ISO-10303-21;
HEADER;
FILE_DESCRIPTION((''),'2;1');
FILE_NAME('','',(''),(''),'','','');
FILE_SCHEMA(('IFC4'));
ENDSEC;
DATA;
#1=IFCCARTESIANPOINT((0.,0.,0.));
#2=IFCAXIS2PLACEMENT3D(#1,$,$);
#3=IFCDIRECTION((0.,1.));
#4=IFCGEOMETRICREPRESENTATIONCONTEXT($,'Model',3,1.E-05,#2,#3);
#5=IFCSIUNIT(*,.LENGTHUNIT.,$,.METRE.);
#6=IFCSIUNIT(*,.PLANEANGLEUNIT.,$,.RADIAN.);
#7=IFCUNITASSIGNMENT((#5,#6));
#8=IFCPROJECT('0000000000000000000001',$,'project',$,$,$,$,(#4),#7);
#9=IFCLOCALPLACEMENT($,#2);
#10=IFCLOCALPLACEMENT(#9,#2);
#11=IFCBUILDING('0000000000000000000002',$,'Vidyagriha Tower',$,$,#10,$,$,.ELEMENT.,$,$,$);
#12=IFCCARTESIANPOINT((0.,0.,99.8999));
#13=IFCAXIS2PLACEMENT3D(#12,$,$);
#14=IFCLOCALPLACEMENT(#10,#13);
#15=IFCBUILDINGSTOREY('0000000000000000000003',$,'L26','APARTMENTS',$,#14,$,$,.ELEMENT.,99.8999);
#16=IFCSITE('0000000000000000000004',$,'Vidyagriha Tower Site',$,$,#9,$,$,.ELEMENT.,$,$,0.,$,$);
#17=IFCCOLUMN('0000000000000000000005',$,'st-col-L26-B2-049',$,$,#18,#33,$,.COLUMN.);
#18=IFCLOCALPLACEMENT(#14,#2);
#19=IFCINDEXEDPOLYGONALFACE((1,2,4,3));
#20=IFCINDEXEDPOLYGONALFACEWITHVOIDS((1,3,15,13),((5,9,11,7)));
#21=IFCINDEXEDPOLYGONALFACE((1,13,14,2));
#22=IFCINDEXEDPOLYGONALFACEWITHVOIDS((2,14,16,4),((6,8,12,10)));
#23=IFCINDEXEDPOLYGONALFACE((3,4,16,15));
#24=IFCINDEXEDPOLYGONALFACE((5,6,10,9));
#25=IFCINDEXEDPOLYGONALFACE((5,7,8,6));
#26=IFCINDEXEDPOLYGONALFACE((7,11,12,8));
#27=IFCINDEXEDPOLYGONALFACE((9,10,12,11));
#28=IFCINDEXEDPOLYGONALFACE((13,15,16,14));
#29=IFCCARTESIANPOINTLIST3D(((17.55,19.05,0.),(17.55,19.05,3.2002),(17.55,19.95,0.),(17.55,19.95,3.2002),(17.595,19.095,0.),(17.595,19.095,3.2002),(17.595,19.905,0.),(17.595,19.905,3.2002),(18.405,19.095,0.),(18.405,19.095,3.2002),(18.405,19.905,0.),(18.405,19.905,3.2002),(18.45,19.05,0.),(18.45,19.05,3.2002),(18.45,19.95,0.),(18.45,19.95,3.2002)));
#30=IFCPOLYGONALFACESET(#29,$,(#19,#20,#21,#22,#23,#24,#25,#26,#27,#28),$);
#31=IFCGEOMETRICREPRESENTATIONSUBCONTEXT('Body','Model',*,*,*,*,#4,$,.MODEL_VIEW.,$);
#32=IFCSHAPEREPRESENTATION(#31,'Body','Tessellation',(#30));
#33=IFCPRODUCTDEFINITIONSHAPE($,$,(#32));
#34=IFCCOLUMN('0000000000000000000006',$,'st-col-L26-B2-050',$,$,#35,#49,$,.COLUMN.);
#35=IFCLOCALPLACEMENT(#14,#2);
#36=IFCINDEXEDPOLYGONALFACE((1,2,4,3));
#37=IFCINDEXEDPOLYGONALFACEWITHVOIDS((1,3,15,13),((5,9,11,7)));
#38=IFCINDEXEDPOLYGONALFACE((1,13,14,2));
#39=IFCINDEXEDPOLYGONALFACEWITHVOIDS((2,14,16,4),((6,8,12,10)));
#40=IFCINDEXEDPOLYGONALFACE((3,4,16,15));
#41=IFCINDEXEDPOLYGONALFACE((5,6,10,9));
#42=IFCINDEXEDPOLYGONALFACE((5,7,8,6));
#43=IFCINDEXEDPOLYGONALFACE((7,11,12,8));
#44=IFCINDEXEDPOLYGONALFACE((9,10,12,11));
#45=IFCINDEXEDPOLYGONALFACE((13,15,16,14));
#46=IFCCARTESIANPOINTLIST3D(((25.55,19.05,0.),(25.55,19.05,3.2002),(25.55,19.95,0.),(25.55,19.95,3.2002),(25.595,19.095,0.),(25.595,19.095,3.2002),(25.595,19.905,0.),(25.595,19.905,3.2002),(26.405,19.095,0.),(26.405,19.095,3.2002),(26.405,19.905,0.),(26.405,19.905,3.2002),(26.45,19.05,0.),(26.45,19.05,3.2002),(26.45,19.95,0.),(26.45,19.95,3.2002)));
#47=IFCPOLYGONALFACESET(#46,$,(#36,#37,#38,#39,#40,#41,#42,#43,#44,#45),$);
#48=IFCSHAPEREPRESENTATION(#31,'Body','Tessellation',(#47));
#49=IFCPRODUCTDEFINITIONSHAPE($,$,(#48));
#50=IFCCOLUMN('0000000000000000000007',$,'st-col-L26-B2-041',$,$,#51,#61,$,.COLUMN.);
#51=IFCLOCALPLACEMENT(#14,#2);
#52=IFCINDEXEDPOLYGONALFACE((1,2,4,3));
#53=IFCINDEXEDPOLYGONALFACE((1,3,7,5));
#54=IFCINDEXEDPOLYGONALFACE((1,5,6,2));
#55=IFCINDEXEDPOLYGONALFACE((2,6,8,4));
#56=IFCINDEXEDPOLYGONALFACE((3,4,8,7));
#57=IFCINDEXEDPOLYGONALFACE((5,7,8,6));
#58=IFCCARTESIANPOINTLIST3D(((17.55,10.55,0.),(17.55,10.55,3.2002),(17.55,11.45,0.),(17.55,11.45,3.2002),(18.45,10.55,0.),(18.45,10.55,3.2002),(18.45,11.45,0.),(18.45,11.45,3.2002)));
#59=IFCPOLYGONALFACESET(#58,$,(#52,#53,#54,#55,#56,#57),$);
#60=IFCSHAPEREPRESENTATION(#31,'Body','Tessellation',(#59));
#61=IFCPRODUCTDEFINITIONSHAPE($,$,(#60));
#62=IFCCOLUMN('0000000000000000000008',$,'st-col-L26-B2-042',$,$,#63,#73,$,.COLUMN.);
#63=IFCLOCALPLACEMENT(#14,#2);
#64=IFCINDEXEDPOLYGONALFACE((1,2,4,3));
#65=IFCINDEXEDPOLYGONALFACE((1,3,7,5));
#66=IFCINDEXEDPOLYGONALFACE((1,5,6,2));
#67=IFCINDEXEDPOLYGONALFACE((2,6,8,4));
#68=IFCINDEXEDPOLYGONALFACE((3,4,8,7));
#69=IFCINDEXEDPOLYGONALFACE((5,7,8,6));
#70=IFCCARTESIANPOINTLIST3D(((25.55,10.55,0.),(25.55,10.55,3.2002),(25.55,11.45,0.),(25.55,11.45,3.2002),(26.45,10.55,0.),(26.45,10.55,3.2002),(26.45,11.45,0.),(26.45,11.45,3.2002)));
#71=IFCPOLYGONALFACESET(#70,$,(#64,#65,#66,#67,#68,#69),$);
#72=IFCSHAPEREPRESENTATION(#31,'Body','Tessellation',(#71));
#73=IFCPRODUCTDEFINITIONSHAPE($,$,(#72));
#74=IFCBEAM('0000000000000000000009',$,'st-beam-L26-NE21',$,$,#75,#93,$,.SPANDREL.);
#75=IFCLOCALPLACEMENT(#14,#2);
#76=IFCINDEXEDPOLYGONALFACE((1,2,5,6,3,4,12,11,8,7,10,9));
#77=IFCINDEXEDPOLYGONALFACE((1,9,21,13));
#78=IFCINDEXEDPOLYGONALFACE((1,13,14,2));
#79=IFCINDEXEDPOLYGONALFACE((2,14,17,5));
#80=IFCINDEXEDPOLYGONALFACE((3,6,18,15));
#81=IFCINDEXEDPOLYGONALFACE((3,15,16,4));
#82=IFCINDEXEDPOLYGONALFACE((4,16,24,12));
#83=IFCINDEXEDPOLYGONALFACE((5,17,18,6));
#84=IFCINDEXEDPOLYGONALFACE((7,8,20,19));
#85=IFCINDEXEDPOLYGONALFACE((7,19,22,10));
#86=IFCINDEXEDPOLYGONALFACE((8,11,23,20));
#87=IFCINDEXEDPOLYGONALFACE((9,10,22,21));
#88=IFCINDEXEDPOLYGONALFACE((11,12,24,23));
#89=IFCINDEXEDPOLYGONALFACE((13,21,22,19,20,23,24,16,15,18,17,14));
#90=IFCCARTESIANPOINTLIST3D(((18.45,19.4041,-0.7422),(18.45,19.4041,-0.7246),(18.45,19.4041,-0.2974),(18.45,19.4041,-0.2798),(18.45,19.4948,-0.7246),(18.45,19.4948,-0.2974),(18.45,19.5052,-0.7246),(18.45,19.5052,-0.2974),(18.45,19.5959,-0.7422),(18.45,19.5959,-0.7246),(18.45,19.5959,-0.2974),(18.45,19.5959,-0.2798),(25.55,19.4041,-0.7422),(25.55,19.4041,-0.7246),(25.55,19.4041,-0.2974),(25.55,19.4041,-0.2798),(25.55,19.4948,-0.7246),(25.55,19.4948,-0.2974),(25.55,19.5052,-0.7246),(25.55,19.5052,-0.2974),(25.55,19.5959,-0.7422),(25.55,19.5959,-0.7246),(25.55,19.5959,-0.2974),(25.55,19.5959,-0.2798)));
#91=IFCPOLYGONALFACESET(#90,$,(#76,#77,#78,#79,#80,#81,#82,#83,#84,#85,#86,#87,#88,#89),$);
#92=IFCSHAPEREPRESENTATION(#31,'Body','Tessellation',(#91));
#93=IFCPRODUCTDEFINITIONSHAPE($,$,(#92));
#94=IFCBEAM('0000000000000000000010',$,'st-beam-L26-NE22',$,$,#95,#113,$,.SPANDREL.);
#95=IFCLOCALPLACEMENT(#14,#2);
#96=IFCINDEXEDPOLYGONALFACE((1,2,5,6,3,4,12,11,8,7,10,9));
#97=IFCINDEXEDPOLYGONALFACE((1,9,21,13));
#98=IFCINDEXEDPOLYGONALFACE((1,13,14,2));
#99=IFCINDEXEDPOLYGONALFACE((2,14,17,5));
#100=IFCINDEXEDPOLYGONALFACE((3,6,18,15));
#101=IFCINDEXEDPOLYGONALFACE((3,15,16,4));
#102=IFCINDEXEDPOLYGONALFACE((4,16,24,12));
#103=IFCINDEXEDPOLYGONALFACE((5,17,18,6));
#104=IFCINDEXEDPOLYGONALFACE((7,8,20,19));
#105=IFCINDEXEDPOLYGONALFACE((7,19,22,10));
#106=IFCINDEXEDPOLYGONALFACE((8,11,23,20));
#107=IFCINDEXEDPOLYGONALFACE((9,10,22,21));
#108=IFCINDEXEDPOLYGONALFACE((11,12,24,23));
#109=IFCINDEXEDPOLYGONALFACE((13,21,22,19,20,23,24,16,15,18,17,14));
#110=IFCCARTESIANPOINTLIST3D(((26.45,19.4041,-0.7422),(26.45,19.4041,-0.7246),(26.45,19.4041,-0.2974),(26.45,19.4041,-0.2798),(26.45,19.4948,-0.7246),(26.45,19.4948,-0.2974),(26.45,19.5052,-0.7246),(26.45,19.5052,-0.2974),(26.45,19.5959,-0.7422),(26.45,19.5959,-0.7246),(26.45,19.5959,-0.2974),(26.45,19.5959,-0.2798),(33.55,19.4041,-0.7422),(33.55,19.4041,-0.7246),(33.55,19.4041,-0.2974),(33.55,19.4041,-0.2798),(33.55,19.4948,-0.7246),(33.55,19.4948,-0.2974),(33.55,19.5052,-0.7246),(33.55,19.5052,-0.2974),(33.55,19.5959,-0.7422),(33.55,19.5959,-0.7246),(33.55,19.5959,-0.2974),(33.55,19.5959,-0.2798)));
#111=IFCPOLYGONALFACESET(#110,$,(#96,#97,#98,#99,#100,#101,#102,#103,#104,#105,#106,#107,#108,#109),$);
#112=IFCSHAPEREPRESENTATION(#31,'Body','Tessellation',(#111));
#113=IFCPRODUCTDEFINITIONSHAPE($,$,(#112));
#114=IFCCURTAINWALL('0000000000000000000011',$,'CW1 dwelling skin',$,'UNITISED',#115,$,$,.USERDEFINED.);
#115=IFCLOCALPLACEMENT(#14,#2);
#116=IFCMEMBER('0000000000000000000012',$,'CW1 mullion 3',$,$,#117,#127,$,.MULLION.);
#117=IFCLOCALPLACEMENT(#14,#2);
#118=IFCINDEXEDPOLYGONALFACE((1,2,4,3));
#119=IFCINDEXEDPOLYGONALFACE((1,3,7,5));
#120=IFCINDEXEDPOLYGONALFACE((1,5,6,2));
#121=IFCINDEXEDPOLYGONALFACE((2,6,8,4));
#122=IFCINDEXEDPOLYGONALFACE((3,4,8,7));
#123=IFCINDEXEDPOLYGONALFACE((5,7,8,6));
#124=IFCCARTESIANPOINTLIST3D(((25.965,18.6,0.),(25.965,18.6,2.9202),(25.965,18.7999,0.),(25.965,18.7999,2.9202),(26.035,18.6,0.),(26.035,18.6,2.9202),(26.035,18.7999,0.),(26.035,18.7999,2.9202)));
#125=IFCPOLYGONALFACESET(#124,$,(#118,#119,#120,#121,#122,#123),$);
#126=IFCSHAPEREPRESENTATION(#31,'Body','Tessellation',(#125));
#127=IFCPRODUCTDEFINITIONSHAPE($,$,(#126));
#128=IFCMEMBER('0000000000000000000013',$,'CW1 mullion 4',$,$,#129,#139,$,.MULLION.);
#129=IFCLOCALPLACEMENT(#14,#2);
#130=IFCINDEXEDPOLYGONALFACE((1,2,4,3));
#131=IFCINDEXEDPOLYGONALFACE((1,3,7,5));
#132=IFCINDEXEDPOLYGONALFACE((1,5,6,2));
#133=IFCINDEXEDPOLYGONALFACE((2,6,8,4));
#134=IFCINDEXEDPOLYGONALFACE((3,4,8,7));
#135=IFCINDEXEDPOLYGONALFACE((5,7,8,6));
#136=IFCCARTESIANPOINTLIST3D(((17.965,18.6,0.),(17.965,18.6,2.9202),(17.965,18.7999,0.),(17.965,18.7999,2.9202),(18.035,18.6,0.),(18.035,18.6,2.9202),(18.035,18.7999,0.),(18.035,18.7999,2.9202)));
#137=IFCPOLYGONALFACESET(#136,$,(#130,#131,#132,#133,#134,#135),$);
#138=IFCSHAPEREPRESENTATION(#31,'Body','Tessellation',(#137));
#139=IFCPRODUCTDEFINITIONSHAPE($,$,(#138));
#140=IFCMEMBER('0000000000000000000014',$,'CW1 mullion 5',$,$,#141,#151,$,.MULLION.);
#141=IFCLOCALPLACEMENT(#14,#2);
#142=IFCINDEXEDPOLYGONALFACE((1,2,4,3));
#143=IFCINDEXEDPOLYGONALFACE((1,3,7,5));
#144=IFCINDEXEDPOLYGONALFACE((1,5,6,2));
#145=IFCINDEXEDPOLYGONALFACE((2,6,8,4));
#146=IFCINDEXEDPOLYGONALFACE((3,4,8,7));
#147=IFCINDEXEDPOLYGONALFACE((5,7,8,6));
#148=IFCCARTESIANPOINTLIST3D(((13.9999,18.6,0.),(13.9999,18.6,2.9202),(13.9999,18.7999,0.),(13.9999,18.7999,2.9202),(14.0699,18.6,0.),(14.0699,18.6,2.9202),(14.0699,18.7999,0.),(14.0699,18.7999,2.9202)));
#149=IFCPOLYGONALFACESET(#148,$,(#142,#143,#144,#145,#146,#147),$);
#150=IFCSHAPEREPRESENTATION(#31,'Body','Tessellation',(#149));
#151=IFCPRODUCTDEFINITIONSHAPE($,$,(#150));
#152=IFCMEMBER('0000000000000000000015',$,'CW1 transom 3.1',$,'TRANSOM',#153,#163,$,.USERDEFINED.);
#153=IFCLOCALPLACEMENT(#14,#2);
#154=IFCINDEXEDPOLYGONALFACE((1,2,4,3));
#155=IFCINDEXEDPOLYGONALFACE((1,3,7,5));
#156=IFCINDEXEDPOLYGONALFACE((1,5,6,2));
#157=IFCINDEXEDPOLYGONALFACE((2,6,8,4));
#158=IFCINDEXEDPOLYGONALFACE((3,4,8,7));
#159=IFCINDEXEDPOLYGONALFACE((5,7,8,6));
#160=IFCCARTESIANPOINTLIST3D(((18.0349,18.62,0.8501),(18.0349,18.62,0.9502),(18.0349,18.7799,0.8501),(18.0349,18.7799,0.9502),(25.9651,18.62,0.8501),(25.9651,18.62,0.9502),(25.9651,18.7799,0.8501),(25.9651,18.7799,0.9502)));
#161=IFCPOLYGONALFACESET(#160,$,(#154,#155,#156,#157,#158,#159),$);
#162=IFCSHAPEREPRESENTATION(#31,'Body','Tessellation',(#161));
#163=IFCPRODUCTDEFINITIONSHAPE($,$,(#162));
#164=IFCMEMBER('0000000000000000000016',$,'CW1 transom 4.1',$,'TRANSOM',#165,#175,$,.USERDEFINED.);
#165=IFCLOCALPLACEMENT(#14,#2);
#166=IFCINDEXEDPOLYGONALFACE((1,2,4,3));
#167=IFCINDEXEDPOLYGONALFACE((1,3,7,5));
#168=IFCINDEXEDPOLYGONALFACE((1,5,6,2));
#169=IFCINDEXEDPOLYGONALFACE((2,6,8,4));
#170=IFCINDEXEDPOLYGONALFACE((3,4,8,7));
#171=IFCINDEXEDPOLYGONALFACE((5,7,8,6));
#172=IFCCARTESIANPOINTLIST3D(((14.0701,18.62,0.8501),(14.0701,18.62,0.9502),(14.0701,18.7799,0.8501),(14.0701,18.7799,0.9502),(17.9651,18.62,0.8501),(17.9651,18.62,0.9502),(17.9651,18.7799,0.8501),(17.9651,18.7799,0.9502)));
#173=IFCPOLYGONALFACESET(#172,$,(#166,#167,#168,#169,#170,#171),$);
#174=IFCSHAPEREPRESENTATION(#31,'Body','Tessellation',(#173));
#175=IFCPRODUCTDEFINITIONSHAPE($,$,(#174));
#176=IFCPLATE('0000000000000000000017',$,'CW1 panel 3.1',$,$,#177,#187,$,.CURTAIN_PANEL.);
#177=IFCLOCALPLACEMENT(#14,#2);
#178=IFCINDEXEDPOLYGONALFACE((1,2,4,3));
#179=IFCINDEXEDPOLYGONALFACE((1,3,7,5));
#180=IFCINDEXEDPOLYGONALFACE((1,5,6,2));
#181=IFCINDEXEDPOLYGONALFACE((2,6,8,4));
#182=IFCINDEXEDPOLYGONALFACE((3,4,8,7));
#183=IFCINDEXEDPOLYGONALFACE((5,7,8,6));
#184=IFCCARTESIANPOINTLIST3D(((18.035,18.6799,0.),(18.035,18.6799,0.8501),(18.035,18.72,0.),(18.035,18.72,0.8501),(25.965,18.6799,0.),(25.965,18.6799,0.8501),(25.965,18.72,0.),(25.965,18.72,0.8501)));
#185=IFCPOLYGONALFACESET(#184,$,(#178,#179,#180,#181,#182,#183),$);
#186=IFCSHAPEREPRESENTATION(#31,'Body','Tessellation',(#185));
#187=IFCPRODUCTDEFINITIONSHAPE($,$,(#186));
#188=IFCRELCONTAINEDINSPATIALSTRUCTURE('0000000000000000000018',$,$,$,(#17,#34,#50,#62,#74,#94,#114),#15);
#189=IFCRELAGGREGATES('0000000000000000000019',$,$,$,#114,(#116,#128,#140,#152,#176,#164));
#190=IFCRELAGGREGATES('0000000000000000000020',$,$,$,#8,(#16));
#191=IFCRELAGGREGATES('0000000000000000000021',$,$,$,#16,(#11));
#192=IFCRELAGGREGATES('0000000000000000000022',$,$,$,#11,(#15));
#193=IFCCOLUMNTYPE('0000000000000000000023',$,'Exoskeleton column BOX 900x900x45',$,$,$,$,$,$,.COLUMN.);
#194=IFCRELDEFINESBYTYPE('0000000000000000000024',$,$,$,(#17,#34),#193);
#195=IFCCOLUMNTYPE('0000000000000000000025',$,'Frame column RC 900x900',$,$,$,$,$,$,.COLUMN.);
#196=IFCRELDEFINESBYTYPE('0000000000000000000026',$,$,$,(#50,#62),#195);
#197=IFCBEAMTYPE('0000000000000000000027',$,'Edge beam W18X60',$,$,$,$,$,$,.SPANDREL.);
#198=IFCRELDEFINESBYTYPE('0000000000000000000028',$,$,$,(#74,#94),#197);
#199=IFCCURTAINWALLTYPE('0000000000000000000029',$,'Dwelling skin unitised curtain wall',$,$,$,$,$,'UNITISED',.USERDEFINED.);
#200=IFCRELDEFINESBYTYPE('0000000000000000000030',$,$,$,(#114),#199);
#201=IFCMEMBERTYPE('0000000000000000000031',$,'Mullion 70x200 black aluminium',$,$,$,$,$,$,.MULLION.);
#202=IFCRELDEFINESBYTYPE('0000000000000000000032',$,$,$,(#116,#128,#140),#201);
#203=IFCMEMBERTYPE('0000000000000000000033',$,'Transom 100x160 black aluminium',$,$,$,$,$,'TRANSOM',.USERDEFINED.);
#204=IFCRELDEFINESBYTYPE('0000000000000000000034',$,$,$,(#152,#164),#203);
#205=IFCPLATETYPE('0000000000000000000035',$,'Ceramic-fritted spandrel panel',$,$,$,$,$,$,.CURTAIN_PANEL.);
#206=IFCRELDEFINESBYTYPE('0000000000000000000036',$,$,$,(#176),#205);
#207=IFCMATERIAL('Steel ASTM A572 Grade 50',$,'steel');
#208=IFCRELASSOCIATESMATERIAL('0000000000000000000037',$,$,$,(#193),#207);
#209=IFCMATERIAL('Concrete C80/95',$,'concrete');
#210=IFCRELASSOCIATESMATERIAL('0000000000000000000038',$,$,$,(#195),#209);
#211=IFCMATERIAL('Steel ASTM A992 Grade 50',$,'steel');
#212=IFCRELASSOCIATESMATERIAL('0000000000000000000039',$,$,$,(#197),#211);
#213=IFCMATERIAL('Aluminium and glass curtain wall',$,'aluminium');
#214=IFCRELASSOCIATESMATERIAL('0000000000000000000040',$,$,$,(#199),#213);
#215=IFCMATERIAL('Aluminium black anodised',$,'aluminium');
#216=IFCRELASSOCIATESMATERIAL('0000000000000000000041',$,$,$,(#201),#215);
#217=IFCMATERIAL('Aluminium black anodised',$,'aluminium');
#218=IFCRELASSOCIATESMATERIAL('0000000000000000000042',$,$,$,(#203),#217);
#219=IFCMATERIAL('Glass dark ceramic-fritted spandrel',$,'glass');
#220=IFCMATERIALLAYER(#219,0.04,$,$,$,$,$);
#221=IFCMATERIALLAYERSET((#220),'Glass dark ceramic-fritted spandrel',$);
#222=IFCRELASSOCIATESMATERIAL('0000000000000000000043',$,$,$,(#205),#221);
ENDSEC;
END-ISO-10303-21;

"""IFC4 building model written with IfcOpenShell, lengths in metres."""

from ifc_helpers import new_model, si_unit, direction, frame, origin, origin_2d, place, context, subcontext, project, spatial, rectangle, hollow_rectangle, i_section, extrude, material, layer, layer_set, material_profile, profile_set, type_object, element, aggregate, save


model = new_model("IFC4")

# Units and contexts
model_context = context("Model", 3, precision=1e-05, world=origin(), true_north=direction((0.0, 1.0)))
body_context = subcontext(model_context, "Body", "Model", "MODEL_VIEW")
ifc_project = project(units=[si_unit("LENGTHUNIT", "METRE"), si_unit("PLANEANGLEUNIT", "RADIAN")], contexts=[model_context])

# Site, building, storey
site_placement = place(None, origin())
site = spatial("IfcSite", under=ifc_project, at=site_placement, Name="Vidyagriha Tower Site", CompositionType="ELEMENT", RefElevation=0.0)
building_placement = place(site_placement, origin())
building = spatial("IfcBuilding", under=site, at=building_placement, Name="Vidyagriha Tower", CompositionType="ELEMENT")
storey_placement = place(building_placement, frame((0.0, 0.0, 99.8999)))
storey = spatial("IfcBuildingStorey", under=building, at=storey_placement, Name="L26", Description="APARTMENTS", CompositionType="ELEMENT", Elevation=99.8999)

# Columns
ifc_material_1 = material(Name="Steel ASTM A572 Grade 50", Category="steel")
ifc_material_profile_1 = material_profile(ifc_material_1, hollow_rectangle(XDim=0.8999, YDim=0.8999, WallThickness=0.0449, at=origin_2d()), Name="BOX 900x900x45")
ifc_profile_set_1 = profile_set([ifc_material_profile_1], Name="Steel ASTM A572 Grade 50")
column_type_1 = type_object("IfcColumnType", Name="Exoskeleton column BOX 900x900x45", PredefinedType="COLUMN", material=ifc_profile_set_1)
for number, where, name in (
    (1, (18.0, 19.5, 0.0), "st-col-L26-B2-049"),
    (2, (26.0, 19.5, 0.0), "st-col-L26-B2-050"),
):
    element("IfcColumn", number, at=place(storey_placement, frame(where)), inside=storey, type_object=column_type_1, Name=name, PredefinedType="COLUMN", context=body_context, shape_type="SweptSolid", body=[
        extrude(hollow_rectangle(XDim=0.8999, YDim=0.8999, WallThickness=0.0449, at=origin_2d()), origin(), (0.0, 0.0, 1.0), 3.2002),
    ])
ifc_material_2 = material(Name="Concrete C80/95", Category="concrete")
ifc_material_profile_2 = material_profile(ifc_material_2, rectangle(XDim=0.8999, YDim=0.8999, at=origin_2d()), Name="RC 900x900")
ifc_profile_set_2 = profile_set([ifc_material_profile_2], Name="Concrete C80/95")
column_type_2 = type_object("IfcColumnType", Name="Frame column RC 900x900", PredefinedType="COLUMN", material=ifc_profile_set_2)
for number, where, name in (
    (3, (18.0, 11.0, 0.0), "st-col-L26-B2-041"),
    (4, (26.0, 11.0, 0.0), "st-col-L26-B2-042"),
):
    element("IfcColumn", number, at=place(storey_placement, frame(where)), inside=storey, type_object=column_type_2, Name=name, PredefinedType="COLUMN", context=body_context, shape_type="SweptSolid", body=[
        extrude(rectangle(XDim=0.8999, YDim=0.8999, at=origin_2d()), origin(), (0.0, 0.0, 1.0), 3.2002),
    ])

# Beams
ifc_material_3 = material(Name="Steel ASTM A992 Grade 50", Category="steel")
ifc_material_profile_3 = material_profile(ifc_material_3, i_section(OverallWidth=0.1919, OverallDepth=0.4624, WebThickness=0.0105, FlangeThickness=0.0176, at=origin_2d()), Name="W18X60")
ifc_profile_set_3 = profile_set([ifc_material_profile_3], Name="Steel ASTM A992 Grade 50")
beam_type = type_object("IfcBeamType", Name="Edge beam W18X60", PredefinedType="SPANDREL", material=ifc_profile_set_3)
for number, where, z_axis, x_axis, name in (
    (5, (18.45, 19.5, -0.511), (1.0, 0.0, 0.0), (0.0, 1.0, 0.0), "st-beam-L26-NE21"),
    (6, (26.45, 19.5, -0.511), (1.0, 0.0, 0.0), (0.0, 1.0, 0.0), "st-beam-L26-NE22"),
):
    element("IfcBeam", number, at=place(storey_placement, frame(where, z_axis=z_axis, x_axis=x_axis)), inside=storey, type_object=beam_type, Name=name, PredefinedType="SPANDREL", context=body_context, shape_type="SweptSolid", body=[
        extrude(i_section(OverallWidth=0.1919, OverallDepth=0.4624, WebThickness=0.0105, FlangeThickness=0.0176, at=origin_2d()), origin(), (0.0, 0.0, 1.0), 7.1001),
    ])

# Curtain wall, members, plate
ifc_material_4 = material(Name="Aluminium and glass curtain wall", Category="aluminium")
curtain_wall_type = type_object("IfcCurtainWallType", Name="Dwelling skin unitised curtain wall", ElementType="UNITISED", PredefinedType="USERDEFINED", material=ifc_material_4)
curtain_wall_placement = place(storey_placement, origin())
curtain_wall = element("IfcCurtainWall", 7, at=curtain_wall_placement, inside=storey, type_object=curtain_wall_type, Name="CW1 dwelling skin", ObjectType="UNITISED", PredefinedType="USERDEFINED")
ifc_material_5 = material(Name="Aluminium black anodised", Category="aluminium")
ifc_material_profile_4 = material_profile(ifc_material_5, rectangle(XDim=0.2, YDim=0.0701, at=origin_2d()), Name="Mullion 70x200 black aluminium")
ifc_profile_set_4 = profile_set([ifc_material_profile_4], Name="Aluminium black anodised")
member_type_1 = type_object("IfcMemberType", Name="Mullion 70x200 black aluminium", PredefinedType="MULLION", material=ifc_profile_set_4)
member_1_placement = place(storey_placement, frame((26.0, 18.7, 0.0), z_axis=(0.0, 0.0, 1.0), x_axis=(0.0, -1.0, 0.0)))
member_1 = element("IfcMember", 8, at=member_1_placement, type_object=member_type_1, Name="CW1 mullion 3", PredefinedType="MULLION", context=body_context, shape_type="SweptSolid", body=[
    extrude(rectangle(XDim=0.2, YDim=0.0701, at=origin_2d()), origin(), (0.0, 0.0, 1.0), 2.9202),
])
member_2_placement = place(storey_placement, frame((18.0, 18.7, 0.0), z_axis=(0.0, 0.0, 1.0), x_axis=(0.0, -1.0, 0.0)))
member_2 = element("IfcMember", 9, at=member_2_placement, type_object=member_type_1, Name="CW1 mullion 4", PredefinedType="MULLION", context=body_context, shape_type="SweptSolid", body=[
    extrude(rectangle(XDim=0.2, YDim=0.0701, at=origin_2d()), origin(), (0.0, 0.0, 1.0), 2.9202),
])
member_3_placement = place(storey_placement, frame((14.0349, 18.7, 0.0), z_axis=(0.0, 0.0, 1.0), x_axis=(0.0, -1.0, 0.0)))
member_3 = element("IfcMember", 10, at=member_3_placement, type_object=member_type_1, Name="CW1 mullion 5", PredefinedType="MULLION", context=body_context, shape_type="SweptSolid", body=[
    extrude(rectangle(XDim=0.2, YDim=0.0701, at=origin_2d()), origin(), (0.0, 0.0, 1.0), 2.9202),
])
ifc_material_6 = material(Name="Aluminium black anodised", Category="aluminium")
ifc_material_profile_5 = material_profile(ifc_material_6, rectangle(XDim=0.1599, YDim=0.1001, at=origin_2d()), Name="Transom 100x160 black aluminium")
ifc_profile_set_5 = profile_set([ifc_material_profile_5], Name="Aluminium black anodised")
member_type_2 = type_object("IfcMemberType", Name="Transom 100x160 black aluminium", ElementType="TRANSOM", PredefinedType="USERDEFINED", material=ifc_profile_set_5)
member_4_placement = place(storey_placement, frame((25.9651, 18.7, 0.9001), z_axis=(-1.0, 0.0, 0.0), x_axis=(0.0, -1.0, 0.0)))
member_4 = element("IfcMember", 11, at=member_4_placement, type_object=member_type_2, Name="CW1 transom 3.1", ObjectType="TRANSOM", PredefinedType="USERDEFINED", context=body_context, shape_type="SweptSolid", body=[
    extrude(rectangle(XDim=0.1599, YDim=0.1001, at=origin_2d()), origin(), (0.0, 0.0, 1.0), 7.9302),
])
member_5_placement = place(storey_placement, frame((17.9651, 18.7, 0.9001), z_axis=(-1.0, 0.0, 0.0), x_axis=(0.0, -1.0, 0.0)))
member_5 = element("IfcMember", 12, at=member_5_placement, type_object=member_type_2, Name="CW1 transom 4.1", ObjectType="TRANSOM", PredefinedType="USERDEFINED", context=body_context, shape_type="SweptSolid", body=[
    extrude(rectangle(XDim=0.1599, YDim=0.1001, at=origin_2d()), origin(), (0.0, 0.0, 1.0), 3.895),
])
ifc_material_7 = material(Name="Glass dark ceramic-fritted spandrel", Category="glass")
ifc_layer_1 = layer(ifc_material_7, 0.04)
ifc_layer_set_1 = layer_set([ifc_layer_1], Name="Glass dark ceramic-fritted spandrel")
plate_type_1 = type_object("IfcPlateType", Name="Ceramic-fritted spandrel panel", PredefinedType="CURTAIN_PANEL", material=ifc_layer_set_1)
plate_1_placement = place(storey_placement, frame((22.0, 18.7, 0.0), z_axis=(0.0, 0.0, 1.0), x_axis=(-1.0, 0.0, 0.0)))
plate_1 = element("IfcPlate", 13, at=plate_1_placement, type_object=plate_type_1, Name="CW1 panel 3.1", PredefinedType="CURTAIN_PANEL", context=body_context, shape_type="SweptSolid", body=[
    extrude(rectangle(XDim=7.9299, YDim=0.04, at=origin_2d()), origin(), (0.0, 0.0, 1.0), 0.8501),
])
aggregate(curtain_wall, [member_1, member_2, member_3, member_4, plate_1, member_5])

save(model, "model.ifc")
